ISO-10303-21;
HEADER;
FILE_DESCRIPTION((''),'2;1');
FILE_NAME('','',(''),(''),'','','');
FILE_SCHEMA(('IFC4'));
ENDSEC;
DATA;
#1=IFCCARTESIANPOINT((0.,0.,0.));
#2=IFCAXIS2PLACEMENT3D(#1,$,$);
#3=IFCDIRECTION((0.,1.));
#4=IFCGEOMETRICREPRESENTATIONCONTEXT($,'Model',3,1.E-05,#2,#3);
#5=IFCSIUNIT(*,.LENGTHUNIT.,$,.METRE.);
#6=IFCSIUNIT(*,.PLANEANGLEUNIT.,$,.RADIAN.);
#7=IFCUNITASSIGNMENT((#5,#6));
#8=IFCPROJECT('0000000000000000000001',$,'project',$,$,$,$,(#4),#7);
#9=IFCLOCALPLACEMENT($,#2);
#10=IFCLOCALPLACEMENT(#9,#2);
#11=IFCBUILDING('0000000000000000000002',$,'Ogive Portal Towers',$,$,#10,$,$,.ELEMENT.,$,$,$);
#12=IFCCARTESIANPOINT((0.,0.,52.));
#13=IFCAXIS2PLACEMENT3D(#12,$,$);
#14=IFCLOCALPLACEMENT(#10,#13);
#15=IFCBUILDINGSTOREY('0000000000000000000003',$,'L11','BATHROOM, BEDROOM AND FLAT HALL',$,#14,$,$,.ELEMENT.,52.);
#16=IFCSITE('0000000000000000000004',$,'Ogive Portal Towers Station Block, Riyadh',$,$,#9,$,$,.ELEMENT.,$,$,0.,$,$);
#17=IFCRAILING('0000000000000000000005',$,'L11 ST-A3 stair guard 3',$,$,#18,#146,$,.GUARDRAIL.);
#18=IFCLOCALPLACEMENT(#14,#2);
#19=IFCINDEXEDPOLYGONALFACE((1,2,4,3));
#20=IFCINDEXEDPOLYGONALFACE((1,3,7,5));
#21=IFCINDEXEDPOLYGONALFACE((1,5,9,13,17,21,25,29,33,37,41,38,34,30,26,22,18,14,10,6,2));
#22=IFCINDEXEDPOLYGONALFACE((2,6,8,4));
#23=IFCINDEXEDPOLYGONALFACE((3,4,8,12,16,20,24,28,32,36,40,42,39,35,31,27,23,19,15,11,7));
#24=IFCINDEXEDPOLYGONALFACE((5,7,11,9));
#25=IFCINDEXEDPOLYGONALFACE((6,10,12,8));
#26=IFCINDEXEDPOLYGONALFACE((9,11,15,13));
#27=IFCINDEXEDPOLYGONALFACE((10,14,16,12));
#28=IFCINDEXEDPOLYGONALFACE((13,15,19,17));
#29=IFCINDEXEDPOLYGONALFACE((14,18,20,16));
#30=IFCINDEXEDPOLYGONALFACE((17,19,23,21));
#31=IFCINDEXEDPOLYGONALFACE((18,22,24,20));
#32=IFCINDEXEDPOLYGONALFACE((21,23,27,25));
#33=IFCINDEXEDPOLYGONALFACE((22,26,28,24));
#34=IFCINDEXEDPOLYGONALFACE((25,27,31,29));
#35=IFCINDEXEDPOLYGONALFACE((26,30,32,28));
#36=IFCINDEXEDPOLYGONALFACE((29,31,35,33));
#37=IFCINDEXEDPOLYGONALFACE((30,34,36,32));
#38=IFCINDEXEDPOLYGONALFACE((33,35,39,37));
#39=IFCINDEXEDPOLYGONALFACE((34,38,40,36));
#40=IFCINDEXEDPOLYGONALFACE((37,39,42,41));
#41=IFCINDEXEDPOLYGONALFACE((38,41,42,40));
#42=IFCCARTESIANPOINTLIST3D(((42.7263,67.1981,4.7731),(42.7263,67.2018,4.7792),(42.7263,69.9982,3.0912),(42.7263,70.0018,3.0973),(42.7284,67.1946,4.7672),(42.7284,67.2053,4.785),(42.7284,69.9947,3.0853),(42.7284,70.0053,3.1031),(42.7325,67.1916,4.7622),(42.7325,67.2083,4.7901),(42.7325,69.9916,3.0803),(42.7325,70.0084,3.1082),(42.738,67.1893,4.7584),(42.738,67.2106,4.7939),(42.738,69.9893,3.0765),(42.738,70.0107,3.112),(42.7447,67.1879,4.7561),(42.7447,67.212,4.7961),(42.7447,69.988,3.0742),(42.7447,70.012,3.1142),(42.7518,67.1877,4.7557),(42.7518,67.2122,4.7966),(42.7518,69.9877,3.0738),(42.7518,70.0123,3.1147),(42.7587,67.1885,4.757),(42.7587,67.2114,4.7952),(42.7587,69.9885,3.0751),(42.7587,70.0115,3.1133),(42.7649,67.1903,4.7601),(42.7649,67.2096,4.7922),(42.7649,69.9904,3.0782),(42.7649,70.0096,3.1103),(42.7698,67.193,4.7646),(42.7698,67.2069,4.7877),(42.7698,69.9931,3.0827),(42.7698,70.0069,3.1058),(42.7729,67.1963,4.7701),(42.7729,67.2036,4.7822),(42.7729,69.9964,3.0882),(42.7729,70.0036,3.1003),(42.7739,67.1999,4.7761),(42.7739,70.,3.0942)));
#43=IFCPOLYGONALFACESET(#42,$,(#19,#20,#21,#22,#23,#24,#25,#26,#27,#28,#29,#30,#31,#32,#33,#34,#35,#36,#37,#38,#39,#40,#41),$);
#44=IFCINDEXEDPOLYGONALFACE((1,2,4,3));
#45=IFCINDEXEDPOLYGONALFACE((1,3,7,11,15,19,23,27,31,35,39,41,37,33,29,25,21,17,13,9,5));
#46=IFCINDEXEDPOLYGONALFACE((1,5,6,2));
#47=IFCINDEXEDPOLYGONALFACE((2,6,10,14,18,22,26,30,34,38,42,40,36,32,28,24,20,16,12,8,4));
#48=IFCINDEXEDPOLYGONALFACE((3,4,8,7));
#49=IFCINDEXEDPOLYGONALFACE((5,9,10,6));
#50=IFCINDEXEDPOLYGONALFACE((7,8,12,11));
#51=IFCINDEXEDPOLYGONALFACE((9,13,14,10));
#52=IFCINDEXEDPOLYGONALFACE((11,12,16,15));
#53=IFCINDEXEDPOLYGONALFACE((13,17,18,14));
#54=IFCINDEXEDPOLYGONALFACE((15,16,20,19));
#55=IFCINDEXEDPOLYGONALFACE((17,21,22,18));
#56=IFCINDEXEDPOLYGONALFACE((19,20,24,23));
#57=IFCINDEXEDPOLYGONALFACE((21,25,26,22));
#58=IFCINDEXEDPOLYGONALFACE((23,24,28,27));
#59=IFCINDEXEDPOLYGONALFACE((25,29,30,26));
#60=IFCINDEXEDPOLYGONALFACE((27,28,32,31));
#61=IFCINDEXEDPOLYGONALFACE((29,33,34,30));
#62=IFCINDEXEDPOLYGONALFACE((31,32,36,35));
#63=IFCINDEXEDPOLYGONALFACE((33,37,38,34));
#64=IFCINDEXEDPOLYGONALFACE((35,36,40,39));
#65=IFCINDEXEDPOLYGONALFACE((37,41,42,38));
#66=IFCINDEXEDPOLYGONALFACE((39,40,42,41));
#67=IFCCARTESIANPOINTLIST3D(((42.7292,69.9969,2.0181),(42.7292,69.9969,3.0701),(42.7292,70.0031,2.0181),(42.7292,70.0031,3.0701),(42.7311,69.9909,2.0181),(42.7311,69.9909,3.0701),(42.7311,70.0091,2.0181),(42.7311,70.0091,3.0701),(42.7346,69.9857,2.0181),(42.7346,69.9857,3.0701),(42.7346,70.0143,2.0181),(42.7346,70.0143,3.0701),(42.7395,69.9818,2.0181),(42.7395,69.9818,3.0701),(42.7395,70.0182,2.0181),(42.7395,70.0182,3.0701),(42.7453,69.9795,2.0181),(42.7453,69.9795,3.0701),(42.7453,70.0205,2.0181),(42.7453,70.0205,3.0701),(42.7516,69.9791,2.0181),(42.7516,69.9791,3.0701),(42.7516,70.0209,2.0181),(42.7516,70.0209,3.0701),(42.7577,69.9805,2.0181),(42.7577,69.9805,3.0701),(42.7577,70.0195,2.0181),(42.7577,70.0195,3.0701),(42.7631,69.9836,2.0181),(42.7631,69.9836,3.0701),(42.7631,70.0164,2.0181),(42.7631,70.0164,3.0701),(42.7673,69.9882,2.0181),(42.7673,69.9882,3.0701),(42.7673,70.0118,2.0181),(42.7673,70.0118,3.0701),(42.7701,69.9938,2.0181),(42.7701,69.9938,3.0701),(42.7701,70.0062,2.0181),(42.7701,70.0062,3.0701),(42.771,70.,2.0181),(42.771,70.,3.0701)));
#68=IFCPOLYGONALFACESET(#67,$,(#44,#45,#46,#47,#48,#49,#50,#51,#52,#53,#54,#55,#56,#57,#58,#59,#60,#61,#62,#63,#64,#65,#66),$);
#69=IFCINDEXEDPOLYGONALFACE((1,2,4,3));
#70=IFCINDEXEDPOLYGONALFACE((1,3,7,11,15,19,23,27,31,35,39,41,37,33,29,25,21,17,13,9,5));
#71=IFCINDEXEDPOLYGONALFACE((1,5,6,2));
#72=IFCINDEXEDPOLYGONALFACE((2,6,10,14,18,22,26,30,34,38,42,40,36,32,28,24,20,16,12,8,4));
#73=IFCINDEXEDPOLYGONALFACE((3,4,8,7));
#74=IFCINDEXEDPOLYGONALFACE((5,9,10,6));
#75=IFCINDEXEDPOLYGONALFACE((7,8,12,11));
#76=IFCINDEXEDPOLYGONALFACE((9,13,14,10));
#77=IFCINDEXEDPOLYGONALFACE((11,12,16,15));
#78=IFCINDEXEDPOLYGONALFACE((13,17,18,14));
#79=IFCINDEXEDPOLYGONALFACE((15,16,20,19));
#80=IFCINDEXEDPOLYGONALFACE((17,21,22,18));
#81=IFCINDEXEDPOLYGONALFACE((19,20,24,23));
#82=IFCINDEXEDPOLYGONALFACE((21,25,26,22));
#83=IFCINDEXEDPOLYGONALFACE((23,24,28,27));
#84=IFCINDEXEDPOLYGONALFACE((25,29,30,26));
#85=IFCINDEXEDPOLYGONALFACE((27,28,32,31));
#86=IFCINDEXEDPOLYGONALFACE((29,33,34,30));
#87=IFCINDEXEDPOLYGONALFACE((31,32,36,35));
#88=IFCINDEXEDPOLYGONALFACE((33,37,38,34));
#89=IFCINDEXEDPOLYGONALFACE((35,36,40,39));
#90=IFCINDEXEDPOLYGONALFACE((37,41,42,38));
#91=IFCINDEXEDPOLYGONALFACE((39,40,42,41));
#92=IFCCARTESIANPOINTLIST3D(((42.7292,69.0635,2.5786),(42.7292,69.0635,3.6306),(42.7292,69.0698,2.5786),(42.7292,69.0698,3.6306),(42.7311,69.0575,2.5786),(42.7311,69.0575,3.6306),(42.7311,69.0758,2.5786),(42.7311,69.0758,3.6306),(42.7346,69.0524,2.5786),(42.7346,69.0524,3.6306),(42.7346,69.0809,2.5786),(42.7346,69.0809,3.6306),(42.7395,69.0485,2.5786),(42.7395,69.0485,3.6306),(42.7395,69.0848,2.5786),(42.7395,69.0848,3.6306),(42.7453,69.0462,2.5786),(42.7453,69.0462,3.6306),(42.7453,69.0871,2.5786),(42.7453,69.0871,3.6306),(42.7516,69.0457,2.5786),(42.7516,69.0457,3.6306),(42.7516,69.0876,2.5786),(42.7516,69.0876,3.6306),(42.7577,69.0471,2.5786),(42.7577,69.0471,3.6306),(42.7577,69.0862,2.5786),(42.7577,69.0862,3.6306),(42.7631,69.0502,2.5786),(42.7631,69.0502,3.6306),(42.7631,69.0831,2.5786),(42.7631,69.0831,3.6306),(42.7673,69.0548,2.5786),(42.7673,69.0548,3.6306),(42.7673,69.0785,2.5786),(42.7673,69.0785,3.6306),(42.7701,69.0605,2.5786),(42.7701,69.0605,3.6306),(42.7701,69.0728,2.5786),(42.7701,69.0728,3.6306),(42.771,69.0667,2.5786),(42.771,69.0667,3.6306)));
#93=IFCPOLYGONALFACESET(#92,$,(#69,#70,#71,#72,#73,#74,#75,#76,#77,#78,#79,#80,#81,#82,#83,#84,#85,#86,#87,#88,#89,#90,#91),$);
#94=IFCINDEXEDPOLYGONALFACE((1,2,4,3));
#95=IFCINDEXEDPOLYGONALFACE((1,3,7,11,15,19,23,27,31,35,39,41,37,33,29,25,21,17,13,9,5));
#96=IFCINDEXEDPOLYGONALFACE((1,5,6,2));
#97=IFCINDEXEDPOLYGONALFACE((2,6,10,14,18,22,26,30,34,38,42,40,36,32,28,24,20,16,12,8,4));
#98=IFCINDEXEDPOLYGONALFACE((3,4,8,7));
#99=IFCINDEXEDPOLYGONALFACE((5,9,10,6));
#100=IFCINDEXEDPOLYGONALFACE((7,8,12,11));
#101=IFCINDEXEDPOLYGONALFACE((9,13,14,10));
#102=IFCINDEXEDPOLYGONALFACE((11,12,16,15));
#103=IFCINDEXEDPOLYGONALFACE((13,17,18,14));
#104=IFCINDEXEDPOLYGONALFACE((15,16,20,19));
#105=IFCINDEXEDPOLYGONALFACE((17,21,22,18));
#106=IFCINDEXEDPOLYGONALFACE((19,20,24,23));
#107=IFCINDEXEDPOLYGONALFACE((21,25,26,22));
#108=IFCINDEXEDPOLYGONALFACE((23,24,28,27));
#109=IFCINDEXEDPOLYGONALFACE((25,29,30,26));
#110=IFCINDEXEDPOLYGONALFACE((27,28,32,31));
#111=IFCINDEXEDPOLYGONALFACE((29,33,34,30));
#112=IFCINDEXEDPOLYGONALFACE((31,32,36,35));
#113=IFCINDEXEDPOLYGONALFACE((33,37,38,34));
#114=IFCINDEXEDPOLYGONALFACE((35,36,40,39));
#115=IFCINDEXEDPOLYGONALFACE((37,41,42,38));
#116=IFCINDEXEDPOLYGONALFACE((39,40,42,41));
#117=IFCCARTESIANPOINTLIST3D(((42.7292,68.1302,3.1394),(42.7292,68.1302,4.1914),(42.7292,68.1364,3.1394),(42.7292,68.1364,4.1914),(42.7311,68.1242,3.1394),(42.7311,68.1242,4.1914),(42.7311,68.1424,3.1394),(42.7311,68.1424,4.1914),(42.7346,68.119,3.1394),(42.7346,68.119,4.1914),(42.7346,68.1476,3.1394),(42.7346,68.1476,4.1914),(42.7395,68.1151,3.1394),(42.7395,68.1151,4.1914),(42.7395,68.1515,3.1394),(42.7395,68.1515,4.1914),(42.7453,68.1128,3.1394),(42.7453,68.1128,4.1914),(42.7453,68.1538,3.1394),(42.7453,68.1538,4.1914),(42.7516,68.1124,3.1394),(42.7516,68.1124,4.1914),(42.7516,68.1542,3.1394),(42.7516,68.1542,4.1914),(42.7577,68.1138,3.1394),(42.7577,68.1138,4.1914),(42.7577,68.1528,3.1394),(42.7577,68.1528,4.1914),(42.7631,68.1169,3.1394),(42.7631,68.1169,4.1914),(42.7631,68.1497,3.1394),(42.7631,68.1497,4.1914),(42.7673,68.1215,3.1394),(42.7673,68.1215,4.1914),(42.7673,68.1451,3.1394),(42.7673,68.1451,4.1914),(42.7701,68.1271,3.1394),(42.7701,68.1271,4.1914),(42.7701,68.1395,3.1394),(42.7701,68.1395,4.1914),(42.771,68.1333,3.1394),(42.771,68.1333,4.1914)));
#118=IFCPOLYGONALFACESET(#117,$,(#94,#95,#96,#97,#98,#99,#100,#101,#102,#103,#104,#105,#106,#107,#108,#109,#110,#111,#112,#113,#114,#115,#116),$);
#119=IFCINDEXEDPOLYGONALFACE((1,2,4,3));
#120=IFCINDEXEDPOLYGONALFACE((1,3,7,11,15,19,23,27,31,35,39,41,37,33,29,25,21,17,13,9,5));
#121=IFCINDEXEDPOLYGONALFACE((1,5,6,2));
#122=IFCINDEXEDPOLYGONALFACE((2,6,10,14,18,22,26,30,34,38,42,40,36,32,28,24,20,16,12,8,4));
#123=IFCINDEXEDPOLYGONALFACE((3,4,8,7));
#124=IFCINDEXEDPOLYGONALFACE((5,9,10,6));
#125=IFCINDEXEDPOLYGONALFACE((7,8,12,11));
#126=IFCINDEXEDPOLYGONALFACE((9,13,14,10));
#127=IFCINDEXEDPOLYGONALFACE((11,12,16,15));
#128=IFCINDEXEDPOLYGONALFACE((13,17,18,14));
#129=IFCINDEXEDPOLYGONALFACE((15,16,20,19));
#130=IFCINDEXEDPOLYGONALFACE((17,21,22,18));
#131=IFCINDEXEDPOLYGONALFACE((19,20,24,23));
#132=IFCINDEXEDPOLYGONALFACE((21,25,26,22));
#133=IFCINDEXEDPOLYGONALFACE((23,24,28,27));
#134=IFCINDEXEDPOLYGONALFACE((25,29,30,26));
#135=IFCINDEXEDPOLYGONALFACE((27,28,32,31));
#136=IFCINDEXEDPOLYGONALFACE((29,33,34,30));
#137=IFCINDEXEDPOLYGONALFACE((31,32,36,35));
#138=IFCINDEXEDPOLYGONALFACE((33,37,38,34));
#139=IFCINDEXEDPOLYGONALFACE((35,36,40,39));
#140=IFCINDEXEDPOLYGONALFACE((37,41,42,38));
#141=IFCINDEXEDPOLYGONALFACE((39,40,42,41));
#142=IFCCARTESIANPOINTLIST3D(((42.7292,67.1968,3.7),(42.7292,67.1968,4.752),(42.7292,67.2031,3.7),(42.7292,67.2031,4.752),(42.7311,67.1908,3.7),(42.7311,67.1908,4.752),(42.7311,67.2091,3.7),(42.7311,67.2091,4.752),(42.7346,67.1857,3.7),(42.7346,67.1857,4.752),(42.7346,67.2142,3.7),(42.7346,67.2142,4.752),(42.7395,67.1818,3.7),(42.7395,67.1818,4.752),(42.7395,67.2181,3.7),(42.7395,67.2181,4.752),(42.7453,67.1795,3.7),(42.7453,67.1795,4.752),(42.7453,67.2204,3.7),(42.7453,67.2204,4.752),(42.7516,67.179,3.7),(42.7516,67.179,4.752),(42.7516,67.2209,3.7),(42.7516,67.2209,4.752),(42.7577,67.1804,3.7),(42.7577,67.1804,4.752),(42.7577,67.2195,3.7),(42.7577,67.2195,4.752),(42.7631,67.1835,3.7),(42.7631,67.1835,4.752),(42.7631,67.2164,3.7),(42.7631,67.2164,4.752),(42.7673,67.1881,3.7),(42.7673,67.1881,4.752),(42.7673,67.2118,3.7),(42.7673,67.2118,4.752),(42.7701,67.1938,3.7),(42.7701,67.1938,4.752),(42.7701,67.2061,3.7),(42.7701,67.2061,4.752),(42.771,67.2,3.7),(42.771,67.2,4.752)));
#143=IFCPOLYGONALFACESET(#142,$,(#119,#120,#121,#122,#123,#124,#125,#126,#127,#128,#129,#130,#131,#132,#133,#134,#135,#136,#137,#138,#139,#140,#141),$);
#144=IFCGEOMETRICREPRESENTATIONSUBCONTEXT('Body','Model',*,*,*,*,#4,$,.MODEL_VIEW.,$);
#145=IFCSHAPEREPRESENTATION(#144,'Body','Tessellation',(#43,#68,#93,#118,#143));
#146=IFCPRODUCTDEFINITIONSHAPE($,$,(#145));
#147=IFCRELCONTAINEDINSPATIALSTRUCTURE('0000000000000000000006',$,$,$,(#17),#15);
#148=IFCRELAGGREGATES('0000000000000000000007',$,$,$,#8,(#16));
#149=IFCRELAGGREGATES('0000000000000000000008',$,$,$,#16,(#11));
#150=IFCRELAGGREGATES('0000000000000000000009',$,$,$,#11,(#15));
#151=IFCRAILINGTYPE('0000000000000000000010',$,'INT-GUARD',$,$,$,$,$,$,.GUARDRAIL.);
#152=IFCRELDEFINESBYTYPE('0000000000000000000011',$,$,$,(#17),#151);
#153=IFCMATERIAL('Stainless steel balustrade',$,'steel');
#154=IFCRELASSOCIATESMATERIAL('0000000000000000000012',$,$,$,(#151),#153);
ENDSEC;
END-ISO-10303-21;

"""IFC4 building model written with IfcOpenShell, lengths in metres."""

from ifc_helpers import new_model, si_unit, direction, frame, origin, origin_2d, place, context, subcontext, project, spatial, circle, extrude, material, type_object, element, save


model = new_model("IFC4")

# Units and contexts
model_context = context("Model", 3, precision=1e-05, world=origin(), true_north=direction((0.0, 1.0)))
body_context = subcontext(model_context, "Body", "Model", "MODEL_VIEW")
ifc_project = project(units=[si_unit("LENGTHUNIT", "METRE"), si_unit("PLANEANGLEUNIT", "RADIAN")], contexts=[model_context])

# Site, building, storey
site_placement = place(None, origin())
site = spatial("IfcSite", under=ifc_project, at=site_placement, Name="Ogive Portal Towers Station Block, Riyadh", CompositionType="ELEMENT", RefElevation=0.0)
building_placement = place(site_placement, origin())
building = spatial("IfcBuilding", under=site, at=building_placement, Name="Ogive Portal Towers", CompositionType="ELEMENT")
storey_placement = place(building_placement, frame((0.0, 0.0, 52.0)))
storey = spatial("IfcBuildingStorey", under=building, at=storey_placement, Name="L11", Description="BATHROOM, BEDROOM AND FLAT HALL", CompositionType="ELEMENT", Elevation=52.0)

# Railing
ifc_material_1 = material(Name="Stainless steel balustrade", Category="steel")
railing_type_1 = type_object("IfcRailingType", Name="INT-GUARD", PredefinedType="GUARDRAIL", material=ifc_material_1)
railing_1_placement = place(storey_placement, frame((42.75, 70.0, 2.0181)))
element("IfcRailing", 1, at=railing_1_placement, inside=storey, type_object=railing_type_1, Name="L11 ST-A3 stair guard 3", PredefinedType="GUARDRAIL", context=body_context, shape_type="SweptSolid", body=[
    extrude(circle(Radius=0.0239, at=origin_2d()), frame((0.0, 0.0, 1.0762), z_axis=(0.0, -0.857242, 0.514913), x_axis=(1.0, 0.0, 0.0)), (0.0, 0.0, 1.0), 3.2664),
    extrude(circle(Radius=0.021, at=origin_2d()), origin(), (0.0, 0.0, 1.0), 1.052),
    extrude(circle(Radius=0.021, at=origin_2d()), frame((0.0, -0.9333, 0.5605)), (0.0, 0.0, 1.0), 1.052),
    extrude(circle(Radius=0.021, at=origin_2d()), frame((0.0, -1.8667, 1.1213)), (0.0, 0.0, 1.0), 1.052),
    extrude(circle(Radius=0.021, at=origin_2d()), frame((0.0, -2.8, 1.6819)), (0.0, 0.0, 1.0), 1.052),
])

save(model, "model.ifc")
